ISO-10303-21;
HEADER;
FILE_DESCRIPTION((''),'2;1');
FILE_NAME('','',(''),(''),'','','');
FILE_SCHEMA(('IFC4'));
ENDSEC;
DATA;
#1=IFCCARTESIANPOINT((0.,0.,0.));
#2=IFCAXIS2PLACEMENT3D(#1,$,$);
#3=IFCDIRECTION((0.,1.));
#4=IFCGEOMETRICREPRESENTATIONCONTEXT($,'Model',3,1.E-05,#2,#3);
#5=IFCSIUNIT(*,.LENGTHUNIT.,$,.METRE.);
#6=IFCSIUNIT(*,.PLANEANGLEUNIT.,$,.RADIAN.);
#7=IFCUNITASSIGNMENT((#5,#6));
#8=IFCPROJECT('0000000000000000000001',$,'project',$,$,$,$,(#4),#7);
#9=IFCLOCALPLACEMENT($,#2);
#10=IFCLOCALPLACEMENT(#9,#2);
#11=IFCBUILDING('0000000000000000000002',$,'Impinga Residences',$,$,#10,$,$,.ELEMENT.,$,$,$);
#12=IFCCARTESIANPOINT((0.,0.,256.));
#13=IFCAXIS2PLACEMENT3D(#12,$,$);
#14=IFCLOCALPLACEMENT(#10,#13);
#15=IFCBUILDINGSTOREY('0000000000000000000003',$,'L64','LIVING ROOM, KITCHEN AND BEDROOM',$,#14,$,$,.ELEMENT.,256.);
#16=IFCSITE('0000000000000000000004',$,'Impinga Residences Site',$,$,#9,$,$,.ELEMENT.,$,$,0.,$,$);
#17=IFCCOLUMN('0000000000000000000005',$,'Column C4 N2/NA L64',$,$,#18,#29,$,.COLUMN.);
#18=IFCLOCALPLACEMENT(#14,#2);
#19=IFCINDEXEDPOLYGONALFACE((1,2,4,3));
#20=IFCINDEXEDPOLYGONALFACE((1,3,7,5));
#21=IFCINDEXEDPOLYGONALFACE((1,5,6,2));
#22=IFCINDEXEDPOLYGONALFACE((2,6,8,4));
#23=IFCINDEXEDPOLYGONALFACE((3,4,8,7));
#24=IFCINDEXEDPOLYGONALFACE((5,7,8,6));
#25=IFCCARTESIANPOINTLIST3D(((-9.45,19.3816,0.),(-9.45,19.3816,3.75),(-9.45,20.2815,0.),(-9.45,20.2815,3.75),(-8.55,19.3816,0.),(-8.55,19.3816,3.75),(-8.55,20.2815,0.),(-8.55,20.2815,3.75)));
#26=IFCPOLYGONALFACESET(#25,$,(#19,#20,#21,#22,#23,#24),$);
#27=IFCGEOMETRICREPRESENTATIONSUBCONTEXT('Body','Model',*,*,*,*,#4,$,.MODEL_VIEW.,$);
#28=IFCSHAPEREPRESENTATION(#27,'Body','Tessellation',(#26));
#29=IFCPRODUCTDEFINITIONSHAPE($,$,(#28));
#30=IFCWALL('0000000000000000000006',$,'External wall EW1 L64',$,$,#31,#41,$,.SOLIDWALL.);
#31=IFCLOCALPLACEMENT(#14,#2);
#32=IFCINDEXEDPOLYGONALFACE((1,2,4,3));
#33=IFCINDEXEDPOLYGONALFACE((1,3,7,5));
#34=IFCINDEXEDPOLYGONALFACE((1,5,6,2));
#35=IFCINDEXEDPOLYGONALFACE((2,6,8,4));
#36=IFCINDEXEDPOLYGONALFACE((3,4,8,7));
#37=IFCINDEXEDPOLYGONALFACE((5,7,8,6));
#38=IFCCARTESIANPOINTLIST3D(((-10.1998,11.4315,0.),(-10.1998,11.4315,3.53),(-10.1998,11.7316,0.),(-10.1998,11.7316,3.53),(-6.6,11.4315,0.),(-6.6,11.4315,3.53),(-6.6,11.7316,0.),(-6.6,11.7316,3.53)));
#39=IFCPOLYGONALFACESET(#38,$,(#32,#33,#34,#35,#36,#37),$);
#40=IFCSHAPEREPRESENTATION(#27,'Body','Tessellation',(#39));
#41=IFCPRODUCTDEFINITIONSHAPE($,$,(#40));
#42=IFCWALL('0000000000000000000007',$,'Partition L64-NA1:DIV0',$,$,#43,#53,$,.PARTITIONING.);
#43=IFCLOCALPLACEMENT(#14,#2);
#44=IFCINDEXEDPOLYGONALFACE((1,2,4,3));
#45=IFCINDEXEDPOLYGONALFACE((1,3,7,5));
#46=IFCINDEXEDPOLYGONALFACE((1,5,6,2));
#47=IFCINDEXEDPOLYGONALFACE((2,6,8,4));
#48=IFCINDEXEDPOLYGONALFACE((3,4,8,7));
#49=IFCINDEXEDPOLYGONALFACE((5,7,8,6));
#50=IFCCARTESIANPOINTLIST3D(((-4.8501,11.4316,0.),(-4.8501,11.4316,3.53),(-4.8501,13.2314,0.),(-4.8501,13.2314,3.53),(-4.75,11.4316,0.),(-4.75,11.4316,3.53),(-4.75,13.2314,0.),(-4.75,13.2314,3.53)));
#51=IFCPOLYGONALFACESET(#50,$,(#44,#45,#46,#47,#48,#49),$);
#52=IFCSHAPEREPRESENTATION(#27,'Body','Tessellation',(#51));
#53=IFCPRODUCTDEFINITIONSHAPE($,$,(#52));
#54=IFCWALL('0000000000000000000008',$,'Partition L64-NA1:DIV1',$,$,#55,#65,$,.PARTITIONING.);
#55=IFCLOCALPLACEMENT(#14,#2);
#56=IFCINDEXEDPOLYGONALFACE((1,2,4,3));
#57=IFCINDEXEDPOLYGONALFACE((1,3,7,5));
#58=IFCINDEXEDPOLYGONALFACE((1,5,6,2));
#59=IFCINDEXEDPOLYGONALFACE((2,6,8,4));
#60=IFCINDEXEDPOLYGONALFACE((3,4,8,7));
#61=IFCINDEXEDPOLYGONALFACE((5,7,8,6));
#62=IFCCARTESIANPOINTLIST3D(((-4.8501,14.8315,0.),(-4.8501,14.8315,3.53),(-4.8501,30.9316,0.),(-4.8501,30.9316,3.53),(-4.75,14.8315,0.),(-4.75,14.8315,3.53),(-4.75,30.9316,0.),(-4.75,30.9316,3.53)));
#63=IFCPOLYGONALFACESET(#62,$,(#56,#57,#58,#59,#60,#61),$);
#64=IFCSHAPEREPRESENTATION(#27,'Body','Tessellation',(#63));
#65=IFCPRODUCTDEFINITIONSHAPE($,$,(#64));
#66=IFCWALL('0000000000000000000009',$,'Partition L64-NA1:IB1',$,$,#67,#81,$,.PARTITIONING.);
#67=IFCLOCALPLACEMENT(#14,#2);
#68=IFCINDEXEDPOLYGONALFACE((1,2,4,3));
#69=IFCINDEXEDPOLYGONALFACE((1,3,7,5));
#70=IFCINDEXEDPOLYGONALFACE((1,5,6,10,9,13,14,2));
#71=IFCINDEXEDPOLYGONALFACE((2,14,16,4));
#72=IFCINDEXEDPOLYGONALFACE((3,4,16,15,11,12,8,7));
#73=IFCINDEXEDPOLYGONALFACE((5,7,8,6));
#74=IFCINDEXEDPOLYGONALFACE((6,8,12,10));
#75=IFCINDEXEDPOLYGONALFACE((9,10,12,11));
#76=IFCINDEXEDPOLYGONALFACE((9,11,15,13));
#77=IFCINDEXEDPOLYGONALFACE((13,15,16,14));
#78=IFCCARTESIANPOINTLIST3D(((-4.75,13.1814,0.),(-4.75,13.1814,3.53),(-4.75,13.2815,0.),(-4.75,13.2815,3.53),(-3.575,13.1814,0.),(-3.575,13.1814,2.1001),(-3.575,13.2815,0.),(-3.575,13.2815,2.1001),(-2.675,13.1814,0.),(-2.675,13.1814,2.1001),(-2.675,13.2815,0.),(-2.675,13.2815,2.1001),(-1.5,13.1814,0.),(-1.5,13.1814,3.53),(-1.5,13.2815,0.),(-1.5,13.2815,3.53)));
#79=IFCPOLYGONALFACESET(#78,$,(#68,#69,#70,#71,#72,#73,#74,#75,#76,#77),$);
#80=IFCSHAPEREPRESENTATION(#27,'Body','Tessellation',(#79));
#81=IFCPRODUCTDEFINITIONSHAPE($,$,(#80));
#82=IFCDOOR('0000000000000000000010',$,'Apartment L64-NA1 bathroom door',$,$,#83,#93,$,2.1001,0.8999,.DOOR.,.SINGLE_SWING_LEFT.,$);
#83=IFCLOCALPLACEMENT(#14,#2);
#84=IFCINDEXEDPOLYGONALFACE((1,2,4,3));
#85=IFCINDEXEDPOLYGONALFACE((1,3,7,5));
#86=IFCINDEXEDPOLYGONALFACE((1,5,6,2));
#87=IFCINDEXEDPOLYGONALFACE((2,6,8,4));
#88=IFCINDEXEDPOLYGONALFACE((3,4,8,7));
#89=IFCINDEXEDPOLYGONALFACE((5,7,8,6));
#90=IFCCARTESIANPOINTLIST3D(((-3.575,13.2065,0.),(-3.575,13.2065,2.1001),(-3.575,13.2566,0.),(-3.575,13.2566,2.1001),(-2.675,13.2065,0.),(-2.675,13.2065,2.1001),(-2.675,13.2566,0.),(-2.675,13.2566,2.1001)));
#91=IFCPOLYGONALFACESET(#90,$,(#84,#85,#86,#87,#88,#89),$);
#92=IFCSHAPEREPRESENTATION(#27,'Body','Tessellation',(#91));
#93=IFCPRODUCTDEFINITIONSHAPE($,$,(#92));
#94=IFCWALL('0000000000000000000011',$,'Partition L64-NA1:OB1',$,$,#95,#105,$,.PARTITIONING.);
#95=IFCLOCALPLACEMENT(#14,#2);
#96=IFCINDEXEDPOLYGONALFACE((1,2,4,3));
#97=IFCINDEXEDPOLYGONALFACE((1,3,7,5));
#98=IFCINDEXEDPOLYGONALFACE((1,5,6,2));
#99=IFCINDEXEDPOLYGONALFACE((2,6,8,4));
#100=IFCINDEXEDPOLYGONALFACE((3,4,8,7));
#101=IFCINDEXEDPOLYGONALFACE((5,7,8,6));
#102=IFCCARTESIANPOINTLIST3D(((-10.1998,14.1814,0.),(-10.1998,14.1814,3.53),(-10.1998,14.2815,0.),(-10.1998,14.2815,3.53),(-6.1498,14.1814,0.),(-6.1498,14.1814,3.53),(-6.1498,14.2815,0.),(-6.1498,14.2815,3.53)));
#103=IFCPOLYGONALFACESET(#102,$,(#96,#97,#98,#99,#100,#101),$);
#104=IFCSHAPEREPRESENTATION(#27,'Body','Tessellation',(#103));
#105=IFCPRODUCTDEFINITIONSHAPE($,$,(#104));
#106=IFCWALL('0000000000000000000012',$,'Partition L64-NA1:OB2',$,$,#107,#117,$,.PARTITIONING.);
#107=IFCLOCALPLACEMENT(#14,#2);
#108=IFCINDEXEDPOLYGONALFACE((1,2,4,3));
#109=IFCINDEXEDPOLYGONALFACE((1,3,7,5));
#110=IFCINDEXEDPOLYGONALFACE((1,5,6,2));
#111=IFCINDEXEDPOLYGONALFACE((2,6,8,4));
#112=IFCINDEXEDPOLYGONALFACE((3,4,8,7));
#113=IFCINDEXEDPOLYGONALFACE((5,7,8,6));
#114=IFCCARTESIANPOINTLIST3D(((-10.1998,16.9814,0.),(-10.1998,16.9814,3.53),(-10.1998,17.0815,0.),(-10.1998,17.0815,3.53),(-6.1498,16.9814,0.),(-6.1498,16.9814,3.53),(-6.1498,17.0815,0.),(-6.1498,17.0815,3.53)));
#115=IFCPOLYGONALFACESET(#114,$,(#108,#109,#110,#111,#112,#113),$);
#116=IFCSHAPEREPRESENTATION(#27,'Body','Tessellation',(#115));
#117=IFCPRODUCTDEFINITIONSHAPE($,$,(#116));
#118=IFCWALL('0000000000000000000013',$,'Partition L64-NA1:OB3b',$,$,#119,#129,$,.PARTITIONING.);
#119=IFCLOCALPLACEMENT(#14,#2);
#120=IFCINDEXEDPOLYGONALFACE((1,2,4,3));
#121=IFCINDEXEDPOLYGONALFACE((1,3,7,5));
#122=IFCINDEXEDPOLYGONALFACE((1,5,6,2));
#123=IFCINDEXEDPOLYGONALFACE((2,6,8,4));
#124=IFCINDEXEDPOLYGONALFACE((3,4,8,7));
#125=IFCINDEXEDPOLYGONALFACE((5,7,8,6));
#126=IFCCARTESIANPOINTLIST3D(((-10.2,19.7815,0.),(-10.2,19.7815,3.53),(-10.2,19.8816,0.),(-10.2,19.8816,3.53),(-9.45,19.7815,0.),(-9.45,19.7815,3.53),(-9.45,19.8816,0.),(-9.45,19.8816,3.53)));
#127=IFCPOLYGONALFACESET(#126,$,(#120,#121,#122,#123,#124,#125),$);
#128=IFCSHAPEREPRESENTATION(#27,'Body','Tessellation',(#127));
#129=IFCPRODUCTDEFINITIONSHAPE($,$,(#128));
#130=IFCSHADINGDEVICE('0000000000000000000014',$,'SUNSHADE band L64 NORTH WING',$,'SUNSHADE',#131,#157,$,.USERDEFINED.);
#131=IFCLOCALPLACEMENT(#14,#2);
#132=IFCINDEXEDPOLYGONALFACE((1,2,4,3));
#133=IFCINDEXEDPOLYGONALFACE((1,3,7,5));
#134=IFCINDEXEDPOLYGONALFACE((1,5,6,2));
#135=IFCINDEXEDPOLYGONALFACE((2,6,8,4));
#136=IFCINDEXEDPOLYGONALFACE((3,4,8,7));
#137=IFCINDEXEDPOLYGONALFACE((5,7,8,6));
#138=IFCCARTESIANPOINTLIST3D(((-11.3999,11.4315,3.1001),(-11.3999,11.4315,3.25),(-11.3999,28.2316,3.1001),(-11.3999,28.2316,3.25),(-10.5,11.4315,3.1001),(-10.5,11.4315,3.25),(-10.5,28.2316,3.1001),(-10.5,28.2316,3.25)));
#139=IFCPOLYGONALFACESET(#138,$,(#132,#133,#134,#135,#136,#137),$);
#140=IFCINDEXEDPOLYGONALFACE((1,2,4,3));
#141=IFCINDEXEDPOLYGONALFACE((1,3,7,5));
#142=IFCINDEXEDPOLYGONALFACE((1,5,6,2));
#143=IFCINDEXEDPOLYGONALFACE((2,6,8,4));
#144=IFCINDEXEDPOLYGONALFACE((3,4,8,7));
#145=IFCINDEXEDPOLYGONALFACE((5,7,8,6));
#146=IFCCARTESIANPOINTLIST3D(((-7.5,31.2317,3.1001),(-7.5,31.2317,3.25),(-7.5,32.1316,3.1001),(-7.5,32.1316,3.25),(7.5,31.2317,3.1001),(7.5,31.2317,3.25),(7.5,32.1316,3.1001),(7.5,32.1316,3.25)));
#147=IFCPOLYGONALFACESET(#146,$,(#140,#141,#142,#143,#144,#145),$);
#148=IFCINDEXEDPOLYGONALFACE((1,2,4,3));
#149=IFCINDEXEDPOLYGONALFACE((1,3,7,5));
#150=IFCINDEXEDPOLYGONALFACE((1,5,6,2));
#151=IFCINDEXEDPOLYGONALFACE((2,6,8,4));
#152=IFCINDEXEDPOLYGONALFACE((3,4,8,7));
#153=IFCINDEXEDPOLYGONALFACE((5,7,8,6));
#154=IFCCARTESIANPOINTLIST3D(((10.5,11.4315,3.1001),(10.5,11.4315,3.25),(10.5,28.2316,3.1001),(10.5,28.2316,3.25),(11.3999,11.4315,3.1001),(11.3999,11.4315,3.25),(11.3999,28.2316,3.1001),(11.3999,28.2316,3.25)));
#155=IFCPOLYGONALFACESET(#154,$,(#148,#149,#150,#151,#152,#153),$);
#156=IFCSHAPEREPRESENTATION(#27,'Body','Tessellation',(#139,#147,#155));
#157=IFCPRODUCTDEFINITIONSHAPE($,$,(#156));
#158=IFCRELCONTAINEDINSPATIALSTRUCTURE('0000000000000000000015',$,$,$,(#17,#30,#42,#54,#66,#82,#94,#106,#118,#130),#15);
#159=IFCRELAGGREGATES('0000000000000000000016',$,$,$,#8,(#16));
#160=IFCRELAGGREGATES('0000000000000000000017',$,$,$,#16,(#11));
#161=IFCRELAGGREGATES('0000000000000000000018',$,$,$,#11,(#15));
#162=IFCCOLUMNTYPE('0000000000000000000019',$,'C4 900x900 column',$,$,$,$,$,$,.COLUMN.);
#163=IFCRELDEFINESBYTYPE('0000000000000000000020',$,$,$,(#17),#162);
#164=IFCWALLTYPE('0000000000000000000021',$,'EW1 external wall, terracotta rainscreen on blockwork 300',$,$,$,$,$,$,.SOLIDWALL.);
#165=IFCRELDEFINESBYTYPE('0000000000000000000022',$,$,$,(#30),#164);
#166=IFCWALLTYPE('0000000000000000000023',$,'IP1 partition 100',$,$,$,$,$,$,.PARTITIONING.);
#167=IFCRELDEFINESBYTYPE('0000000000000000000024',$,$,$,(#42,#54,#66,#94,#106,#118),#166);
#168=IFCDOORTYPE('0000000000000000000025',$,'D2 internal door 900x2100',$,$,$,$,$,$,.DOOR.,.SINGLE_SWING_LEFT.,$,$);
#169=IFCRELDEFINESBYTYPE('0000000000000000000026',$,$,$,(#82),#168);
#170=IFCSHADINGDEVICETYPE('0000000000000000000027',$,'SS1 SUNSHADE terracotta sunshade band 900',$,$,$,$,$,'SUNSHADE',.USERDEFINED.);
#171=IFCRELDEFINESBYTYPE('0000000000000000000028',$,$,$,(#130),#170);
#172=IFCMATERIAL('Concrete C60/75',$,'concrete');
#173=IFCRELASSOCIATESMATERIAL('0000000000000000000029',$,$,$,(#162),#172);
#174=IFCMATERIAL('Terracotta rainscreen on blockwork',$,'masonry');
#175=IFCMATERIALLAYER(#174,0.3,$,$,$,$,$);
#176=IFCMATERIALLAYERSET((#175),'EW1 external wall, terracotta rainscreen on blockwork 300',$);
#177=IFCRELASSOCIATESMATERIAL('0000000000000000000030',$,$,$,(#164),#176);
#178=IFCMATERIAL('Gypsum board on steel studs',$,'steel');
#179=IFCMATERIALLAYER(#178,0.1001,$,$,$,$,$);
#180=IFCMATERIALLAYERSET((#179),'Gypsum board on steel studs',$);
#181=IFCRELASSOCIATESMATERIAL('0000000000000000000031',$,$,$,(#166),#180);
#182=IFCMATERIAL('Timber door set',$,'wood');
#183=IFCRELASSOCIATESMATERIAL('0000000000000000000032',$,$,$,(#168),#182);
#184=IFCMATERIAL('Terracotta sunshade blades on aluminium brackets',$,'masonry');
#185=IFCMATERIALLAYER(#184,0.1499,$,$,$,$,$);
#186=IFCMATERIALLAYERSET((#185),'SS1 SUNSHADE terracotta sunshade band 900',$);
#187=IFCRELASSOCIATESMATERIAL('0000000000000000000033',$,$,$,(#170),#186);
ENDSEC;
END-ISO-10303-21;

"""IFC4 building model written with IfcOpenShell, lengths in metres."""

from ifc_helpers import new_model, si_unit, direction, frame, frame_2d, origin, origin_2d, place, context, subcontext, project, spatial, rectangle, extrude, material, layer, layer_set, material_profile, profile_set, type_object, element, fill, save


model = new_model("IFC4")

# Units and contexts
model_context = context("Model", 3, precision=1e-05, world=origin(), true_north=direction((0.0, 1.0)))
body_context = subcontext(model_context, "Body", "Model", "MODEL_VIEW")
ifc_project = project(units=[si_unit("LENGTHUNIT", "METRE"), si_unit("PLANEANGLEUNIT", "RADIAN")], contexts=[model_context])

# Site, building, storey
site_placement = place(None, origin())
site = spatial("IfcSite", under=ifc_project, at=site_placement, Name="Impinga Residences Site", CompositionType="ELEMENT", RefElevation=0.0)
building_placement = place(site_placement, origin())
building = spatial("IfcBuilding", under=site, at=building_placement, Name="Impinga Residences", CompositionType="ELEMENT")
storey_placement = place(building_placement, frame((0.0, 0.0, 256.0)))
storey = spatial("IfcBuildingStorey", under=building, at=storey_placement, Name="L64", Description="LIVING ROOM, KITCHEN AND BEDROOM", CompositionType="ELEMENT", Elevation=256.0)

# Column
ifc_material_1 = material(Name="Concrete C60/75", Category="concrete")
ifc_material_profile = material_profile(ifc_material_1, rectangle(XDim=0.8999, YDim=0.8999, at=origin_2d()), Name="RC 900x900")
ifc_profile_set = profile_set([ifc_material_profile], Name="Concrete C60/75")
column_type = type_object("IfcColumnType", Name="C4 900x900 column", PredefinedType="COLUMN", material=ifc_profile_set)
column_placement = place(storey_placement, frame((-9.0, 19.8315, 0.0), z_axis=(0.0, 0.0, 1.0), x_axis=(1.0, 0.0, 0.0)))
element("IfcColumn", 1, at=column_placement, inside=storey, type_object=column_type, Name="Column C4 N2/NA L64", PredefinedType="COLUMN", context=body_context, shape_type="SweptSolid", body=[
    extrude(rectangle(XDim=0.8999, YDim=0.8999, at=origin_2d()), origin(), (0.0, 0.0, 1.0), 3.75),
])

# Walls
ifc_material_2 = material(Name="Terracotta rainscreen on blockwork", Category="masonry")
ifc_layer_1 = layer(ifc_material_2, 0.3)
ifc_layer_set_1 = layer_set([ifc_layer_1], Name="EW1 external wall, terracotta rainscreen on blockwork 300")
wall_type_1 = type_object("IfcWallType", Name="EW1 external wall, terracotta rainscreen on blockwork 300", PredefinedType="SOLIDWALL", material=ifc_layer_set_1)
wall_1_placement = place(storey_placement, frame((-6.6001, 11.5815, 0.0), z_axis=(0.0, 0.0, 1.0), x_axis=(-1.0, 0.0, 0.0)))
element("IfcWall", 2, at=wall_1_placement, inside=storey, type_object=wall_type_1, Name="External wall EW1 L64", PredefinedType="SOLIDWALL", context=body_context, shape_type="SweptSolid", body=[
    extrude(rectangle(XDim=3.5999, YDim=0.3, at=frame_2d((1.7998, 0.0))), origin(), (0.0, 0.0, 1.0), 3.53),
])
ifc_material_3 = material(Name="Gypsum board on steel studs", Category="steel")
ifc_layer_2 = layer(ifc_material_3, 0.1001)
ifc_layer_set_2 = layer_set([ifc_layer_2], Name="Gypsum board on steel studs")
wall_type_2 = type_object("IfcWallType", Name="IP1 partition 100", PredefinedType="PARTITIONING", material=ifc_layer_set_2)
wall_2_placement = place(storey_placement, frame((-4.8, 11.4316, 0.0), z_axis=(0.0, 0.0, 1.0), x_axis=(0.0, 1.0, 0.0)))
element("IfcWall", 3, at=wall_2_placement, inside=storey, type_object=wall_type_2, Name="Partition L64-NA1:DIV0", PredefinedType="PARTITIONING", context=body_context, shape_type="SweptSolid", body=[
    extrude(rectangle(XDim=1.7998, YDim=0.1001, at=frame_2d((0.8999, 0.0))), origin(), (0.0, 0.0, 1.0), 3.53),
])
wall_3_placement = place(storey_placement, frame((-4.8, 14.8315, 0.0), z_axis=(0.0, 0.0, 1.0), x_axis=(0.0, 1.0, 0.0)))
element("IfcWall", 4, at=wall_3_placement, inside=storey, type_object=wall_type_2, Name="Partition L64-NA1:DIV1", PredefinedType="PARTITIONING", context=body_context, shape_type="SweptSolid", body=[
    extrude(rectangle(XDim=16.1001, YDim=0.1001, at=frame_2d((8.05, 0.0))), origin(), (0.0, 0.0, 1.0), 3.53),
])

# Wall, opening, door
wall_4_placement = place(storey_placement, frame((-1.5, 13.2314, 0.0), z_axis=(0.0, 0.0, 1.0), x_axis=(-1.0, 0.0, 0.0)))
wall_4 = element("IfcWall", 5, at=wall_4_placement, inside=storey, type_object=wall_type_2, Name="Partition L64-NA1:IB1", PredefinedType="PARTITIONING", context=body_context, shape_type="SweptSolid", body=[
    extrude(rectangle(XDim=3.25, YDim=0.1001, at=frame_2d((1.625, 0.0))), origin(), (0.0, 0.0, 1.0), 3.53),
])
opening_placement = place(wall_4_placement, frame((1.175, 0.0, 0.0)))
opening = element("IfcOpeningElement", 6, at=opening_placement, cuts=wall_4, PredefinedType="OPENING", context=body_context, shape_type="SweptSolid", body=[
    extrude(rectangle(XDim=0.8999, YDim=2.1001, at=frame_2d((0.45, 1.05))), frame((0.0, 0.0601, 0.0), z_axis=(0.0, -1.0, 0.0), x_axis=(1.0, 0.0, 0.0)), (0.0, 0.0, 1.0), 0.1201),
])
ifc_material_4 = material(Name="Timber door set", Category="wood")
door_type = type_object("IfcDoorType", Name="D2 internal door 900x2100", OperationType="SINGLE_SWING_LEFT", PredefinedType="DOOR", material=ifc_material_4)
door_placement = place(opening_placement, origin())
door = element("IfcDoor", 7, at=door_placement, inside=storey, type_object=door_type, Name="Apartment L64-NA1 bathroom door", OperationType="SINGLE_SWING_LEFT", OverallHeight=2.1001, OverallWidth=0.8999, PredefinedType="DOOR", context=body_context, shape_type="SweptSolid", body=[
    extrude(rectangle(XDim=0.8999, YDim=2.1001, at=frame_2d((0.45, 1.05))), frame((0.0, 0.0249, 0.0), z_axis=(0.0, -1.0, 0.0), x_axis=(1.0, 0.0, 0.0)), (0.0, 0.0, 1.0), 0.05),
])
fill(opening, door)

# Walls
for number, where, z_axis, x_axis, name in (
    (8, (-6.1499, 14.2314, 0.0), (0.0, 0.0, 1.0), (-1.0, 0.0, 0.0), "Partition L64-NA1:OB1"),
    (9, (-6.1499, 17.0315, 0.0), (0.0, 0.0, 1.0), (-1.0, 0.0, 0.0), "Partition L64-NA1:OB2"),
):
    element("IfcWall", number, at=place(storey_placement, frame(where, z_axis=z_axis, x_axis=x_axis)), inside=storey, type_object=wall_type_2, Name=name, PredefinedType="PARTITIONING", context=body_context, shape_type="SweptSolid", body=[
        extrude(rectangle(XDim=4.05, YDim=0.1001, at=frame_2d((2.0249, 0.0))), origin(), (0.0, 0.0, 1.0), 3.53),
    ])
wall_5_placement = place(storey_placement, frame((-9.45, 19.8315, 0.0), z_axis=(0.0, 0.0, 1.0), x_axis=(-1.0, 0.0, 0.0)))
element("IfcWall", 10, at=wall_5_placement, inside=storey, type_object=wall_type_2, Name="Partition L64-NA1:OB3b", PredefinedType="PARTITIONING", context=body_context, shape_type="SweptSolid", body=[
    extrude(rectangle(XDim=0.75, YDim=0.1001, at=frame_2d((0.375, 0.0))), origin(), (0.0, 0.0, 1.0), 3.53),
])

# Shading device
ifc_material_5 = material(Name="Terracotta sunshade blades on aluminium brackets", Category="masonry")
ifc_layer_3 = layer(ifc_material_5, 0.1499)
ifc_layer_set_3 = layer_set([ifc_layer_3], Name="SS1 SUNSHADE terracotta sunshade band 900")
shading_device_type = type_object("IfcShadingDeviceType", Name="SS1 SUNSHADE terracotta sunshade band 900", ElementType="SUNSHADE", PredefinedType="USERDEFINED", material=ifc_layer_set_3)
shading_device_placement = place(storey_placement, frame((-10.95, 19.8315, 3.1001), z_axis=(0.0, 0.0, 1.0), x_axis=(0.0, 1.0, 0.0)))
element("IfcShadingDevice", 11, at=shading_device_placement, inside=storey, type_object=shading_device_type, Name="SUNSHADE band L64 NORTH WING", ObjectType="SUNSHADE", PredefinedType="USERDEFINED", context=body_context, shape_type="SweptSolid", body=[
    extrude(rectangle(XDim=16.8, YDim=0.8999, at=origin_2d()), origin(), (0.0, 0.0, 1.0), 0.1499),
    extrude(rectangle(XDim=15.0, YDim=0.8999, at=origin_2d()), frame((11.8501, -10.95, 0.0), z_axis=(0.0, 0.0, 1.0), x_axis=(0.0, -1.0, 0.0)), (0.0, 0.0, 1.0), 0.1499),
    extrude(rectangle(XDim=16.8, YDim=0.8999, at=origin_2d()), frame((0.0, -21.8999, 0.0), z_axis=(0.0, 0.0, 1.0), x_axis=(-1.0, 0.0, 0.0)), (0.0, 0.0, 1.0), 0.1499),
])

save(model, "model.ifc")
